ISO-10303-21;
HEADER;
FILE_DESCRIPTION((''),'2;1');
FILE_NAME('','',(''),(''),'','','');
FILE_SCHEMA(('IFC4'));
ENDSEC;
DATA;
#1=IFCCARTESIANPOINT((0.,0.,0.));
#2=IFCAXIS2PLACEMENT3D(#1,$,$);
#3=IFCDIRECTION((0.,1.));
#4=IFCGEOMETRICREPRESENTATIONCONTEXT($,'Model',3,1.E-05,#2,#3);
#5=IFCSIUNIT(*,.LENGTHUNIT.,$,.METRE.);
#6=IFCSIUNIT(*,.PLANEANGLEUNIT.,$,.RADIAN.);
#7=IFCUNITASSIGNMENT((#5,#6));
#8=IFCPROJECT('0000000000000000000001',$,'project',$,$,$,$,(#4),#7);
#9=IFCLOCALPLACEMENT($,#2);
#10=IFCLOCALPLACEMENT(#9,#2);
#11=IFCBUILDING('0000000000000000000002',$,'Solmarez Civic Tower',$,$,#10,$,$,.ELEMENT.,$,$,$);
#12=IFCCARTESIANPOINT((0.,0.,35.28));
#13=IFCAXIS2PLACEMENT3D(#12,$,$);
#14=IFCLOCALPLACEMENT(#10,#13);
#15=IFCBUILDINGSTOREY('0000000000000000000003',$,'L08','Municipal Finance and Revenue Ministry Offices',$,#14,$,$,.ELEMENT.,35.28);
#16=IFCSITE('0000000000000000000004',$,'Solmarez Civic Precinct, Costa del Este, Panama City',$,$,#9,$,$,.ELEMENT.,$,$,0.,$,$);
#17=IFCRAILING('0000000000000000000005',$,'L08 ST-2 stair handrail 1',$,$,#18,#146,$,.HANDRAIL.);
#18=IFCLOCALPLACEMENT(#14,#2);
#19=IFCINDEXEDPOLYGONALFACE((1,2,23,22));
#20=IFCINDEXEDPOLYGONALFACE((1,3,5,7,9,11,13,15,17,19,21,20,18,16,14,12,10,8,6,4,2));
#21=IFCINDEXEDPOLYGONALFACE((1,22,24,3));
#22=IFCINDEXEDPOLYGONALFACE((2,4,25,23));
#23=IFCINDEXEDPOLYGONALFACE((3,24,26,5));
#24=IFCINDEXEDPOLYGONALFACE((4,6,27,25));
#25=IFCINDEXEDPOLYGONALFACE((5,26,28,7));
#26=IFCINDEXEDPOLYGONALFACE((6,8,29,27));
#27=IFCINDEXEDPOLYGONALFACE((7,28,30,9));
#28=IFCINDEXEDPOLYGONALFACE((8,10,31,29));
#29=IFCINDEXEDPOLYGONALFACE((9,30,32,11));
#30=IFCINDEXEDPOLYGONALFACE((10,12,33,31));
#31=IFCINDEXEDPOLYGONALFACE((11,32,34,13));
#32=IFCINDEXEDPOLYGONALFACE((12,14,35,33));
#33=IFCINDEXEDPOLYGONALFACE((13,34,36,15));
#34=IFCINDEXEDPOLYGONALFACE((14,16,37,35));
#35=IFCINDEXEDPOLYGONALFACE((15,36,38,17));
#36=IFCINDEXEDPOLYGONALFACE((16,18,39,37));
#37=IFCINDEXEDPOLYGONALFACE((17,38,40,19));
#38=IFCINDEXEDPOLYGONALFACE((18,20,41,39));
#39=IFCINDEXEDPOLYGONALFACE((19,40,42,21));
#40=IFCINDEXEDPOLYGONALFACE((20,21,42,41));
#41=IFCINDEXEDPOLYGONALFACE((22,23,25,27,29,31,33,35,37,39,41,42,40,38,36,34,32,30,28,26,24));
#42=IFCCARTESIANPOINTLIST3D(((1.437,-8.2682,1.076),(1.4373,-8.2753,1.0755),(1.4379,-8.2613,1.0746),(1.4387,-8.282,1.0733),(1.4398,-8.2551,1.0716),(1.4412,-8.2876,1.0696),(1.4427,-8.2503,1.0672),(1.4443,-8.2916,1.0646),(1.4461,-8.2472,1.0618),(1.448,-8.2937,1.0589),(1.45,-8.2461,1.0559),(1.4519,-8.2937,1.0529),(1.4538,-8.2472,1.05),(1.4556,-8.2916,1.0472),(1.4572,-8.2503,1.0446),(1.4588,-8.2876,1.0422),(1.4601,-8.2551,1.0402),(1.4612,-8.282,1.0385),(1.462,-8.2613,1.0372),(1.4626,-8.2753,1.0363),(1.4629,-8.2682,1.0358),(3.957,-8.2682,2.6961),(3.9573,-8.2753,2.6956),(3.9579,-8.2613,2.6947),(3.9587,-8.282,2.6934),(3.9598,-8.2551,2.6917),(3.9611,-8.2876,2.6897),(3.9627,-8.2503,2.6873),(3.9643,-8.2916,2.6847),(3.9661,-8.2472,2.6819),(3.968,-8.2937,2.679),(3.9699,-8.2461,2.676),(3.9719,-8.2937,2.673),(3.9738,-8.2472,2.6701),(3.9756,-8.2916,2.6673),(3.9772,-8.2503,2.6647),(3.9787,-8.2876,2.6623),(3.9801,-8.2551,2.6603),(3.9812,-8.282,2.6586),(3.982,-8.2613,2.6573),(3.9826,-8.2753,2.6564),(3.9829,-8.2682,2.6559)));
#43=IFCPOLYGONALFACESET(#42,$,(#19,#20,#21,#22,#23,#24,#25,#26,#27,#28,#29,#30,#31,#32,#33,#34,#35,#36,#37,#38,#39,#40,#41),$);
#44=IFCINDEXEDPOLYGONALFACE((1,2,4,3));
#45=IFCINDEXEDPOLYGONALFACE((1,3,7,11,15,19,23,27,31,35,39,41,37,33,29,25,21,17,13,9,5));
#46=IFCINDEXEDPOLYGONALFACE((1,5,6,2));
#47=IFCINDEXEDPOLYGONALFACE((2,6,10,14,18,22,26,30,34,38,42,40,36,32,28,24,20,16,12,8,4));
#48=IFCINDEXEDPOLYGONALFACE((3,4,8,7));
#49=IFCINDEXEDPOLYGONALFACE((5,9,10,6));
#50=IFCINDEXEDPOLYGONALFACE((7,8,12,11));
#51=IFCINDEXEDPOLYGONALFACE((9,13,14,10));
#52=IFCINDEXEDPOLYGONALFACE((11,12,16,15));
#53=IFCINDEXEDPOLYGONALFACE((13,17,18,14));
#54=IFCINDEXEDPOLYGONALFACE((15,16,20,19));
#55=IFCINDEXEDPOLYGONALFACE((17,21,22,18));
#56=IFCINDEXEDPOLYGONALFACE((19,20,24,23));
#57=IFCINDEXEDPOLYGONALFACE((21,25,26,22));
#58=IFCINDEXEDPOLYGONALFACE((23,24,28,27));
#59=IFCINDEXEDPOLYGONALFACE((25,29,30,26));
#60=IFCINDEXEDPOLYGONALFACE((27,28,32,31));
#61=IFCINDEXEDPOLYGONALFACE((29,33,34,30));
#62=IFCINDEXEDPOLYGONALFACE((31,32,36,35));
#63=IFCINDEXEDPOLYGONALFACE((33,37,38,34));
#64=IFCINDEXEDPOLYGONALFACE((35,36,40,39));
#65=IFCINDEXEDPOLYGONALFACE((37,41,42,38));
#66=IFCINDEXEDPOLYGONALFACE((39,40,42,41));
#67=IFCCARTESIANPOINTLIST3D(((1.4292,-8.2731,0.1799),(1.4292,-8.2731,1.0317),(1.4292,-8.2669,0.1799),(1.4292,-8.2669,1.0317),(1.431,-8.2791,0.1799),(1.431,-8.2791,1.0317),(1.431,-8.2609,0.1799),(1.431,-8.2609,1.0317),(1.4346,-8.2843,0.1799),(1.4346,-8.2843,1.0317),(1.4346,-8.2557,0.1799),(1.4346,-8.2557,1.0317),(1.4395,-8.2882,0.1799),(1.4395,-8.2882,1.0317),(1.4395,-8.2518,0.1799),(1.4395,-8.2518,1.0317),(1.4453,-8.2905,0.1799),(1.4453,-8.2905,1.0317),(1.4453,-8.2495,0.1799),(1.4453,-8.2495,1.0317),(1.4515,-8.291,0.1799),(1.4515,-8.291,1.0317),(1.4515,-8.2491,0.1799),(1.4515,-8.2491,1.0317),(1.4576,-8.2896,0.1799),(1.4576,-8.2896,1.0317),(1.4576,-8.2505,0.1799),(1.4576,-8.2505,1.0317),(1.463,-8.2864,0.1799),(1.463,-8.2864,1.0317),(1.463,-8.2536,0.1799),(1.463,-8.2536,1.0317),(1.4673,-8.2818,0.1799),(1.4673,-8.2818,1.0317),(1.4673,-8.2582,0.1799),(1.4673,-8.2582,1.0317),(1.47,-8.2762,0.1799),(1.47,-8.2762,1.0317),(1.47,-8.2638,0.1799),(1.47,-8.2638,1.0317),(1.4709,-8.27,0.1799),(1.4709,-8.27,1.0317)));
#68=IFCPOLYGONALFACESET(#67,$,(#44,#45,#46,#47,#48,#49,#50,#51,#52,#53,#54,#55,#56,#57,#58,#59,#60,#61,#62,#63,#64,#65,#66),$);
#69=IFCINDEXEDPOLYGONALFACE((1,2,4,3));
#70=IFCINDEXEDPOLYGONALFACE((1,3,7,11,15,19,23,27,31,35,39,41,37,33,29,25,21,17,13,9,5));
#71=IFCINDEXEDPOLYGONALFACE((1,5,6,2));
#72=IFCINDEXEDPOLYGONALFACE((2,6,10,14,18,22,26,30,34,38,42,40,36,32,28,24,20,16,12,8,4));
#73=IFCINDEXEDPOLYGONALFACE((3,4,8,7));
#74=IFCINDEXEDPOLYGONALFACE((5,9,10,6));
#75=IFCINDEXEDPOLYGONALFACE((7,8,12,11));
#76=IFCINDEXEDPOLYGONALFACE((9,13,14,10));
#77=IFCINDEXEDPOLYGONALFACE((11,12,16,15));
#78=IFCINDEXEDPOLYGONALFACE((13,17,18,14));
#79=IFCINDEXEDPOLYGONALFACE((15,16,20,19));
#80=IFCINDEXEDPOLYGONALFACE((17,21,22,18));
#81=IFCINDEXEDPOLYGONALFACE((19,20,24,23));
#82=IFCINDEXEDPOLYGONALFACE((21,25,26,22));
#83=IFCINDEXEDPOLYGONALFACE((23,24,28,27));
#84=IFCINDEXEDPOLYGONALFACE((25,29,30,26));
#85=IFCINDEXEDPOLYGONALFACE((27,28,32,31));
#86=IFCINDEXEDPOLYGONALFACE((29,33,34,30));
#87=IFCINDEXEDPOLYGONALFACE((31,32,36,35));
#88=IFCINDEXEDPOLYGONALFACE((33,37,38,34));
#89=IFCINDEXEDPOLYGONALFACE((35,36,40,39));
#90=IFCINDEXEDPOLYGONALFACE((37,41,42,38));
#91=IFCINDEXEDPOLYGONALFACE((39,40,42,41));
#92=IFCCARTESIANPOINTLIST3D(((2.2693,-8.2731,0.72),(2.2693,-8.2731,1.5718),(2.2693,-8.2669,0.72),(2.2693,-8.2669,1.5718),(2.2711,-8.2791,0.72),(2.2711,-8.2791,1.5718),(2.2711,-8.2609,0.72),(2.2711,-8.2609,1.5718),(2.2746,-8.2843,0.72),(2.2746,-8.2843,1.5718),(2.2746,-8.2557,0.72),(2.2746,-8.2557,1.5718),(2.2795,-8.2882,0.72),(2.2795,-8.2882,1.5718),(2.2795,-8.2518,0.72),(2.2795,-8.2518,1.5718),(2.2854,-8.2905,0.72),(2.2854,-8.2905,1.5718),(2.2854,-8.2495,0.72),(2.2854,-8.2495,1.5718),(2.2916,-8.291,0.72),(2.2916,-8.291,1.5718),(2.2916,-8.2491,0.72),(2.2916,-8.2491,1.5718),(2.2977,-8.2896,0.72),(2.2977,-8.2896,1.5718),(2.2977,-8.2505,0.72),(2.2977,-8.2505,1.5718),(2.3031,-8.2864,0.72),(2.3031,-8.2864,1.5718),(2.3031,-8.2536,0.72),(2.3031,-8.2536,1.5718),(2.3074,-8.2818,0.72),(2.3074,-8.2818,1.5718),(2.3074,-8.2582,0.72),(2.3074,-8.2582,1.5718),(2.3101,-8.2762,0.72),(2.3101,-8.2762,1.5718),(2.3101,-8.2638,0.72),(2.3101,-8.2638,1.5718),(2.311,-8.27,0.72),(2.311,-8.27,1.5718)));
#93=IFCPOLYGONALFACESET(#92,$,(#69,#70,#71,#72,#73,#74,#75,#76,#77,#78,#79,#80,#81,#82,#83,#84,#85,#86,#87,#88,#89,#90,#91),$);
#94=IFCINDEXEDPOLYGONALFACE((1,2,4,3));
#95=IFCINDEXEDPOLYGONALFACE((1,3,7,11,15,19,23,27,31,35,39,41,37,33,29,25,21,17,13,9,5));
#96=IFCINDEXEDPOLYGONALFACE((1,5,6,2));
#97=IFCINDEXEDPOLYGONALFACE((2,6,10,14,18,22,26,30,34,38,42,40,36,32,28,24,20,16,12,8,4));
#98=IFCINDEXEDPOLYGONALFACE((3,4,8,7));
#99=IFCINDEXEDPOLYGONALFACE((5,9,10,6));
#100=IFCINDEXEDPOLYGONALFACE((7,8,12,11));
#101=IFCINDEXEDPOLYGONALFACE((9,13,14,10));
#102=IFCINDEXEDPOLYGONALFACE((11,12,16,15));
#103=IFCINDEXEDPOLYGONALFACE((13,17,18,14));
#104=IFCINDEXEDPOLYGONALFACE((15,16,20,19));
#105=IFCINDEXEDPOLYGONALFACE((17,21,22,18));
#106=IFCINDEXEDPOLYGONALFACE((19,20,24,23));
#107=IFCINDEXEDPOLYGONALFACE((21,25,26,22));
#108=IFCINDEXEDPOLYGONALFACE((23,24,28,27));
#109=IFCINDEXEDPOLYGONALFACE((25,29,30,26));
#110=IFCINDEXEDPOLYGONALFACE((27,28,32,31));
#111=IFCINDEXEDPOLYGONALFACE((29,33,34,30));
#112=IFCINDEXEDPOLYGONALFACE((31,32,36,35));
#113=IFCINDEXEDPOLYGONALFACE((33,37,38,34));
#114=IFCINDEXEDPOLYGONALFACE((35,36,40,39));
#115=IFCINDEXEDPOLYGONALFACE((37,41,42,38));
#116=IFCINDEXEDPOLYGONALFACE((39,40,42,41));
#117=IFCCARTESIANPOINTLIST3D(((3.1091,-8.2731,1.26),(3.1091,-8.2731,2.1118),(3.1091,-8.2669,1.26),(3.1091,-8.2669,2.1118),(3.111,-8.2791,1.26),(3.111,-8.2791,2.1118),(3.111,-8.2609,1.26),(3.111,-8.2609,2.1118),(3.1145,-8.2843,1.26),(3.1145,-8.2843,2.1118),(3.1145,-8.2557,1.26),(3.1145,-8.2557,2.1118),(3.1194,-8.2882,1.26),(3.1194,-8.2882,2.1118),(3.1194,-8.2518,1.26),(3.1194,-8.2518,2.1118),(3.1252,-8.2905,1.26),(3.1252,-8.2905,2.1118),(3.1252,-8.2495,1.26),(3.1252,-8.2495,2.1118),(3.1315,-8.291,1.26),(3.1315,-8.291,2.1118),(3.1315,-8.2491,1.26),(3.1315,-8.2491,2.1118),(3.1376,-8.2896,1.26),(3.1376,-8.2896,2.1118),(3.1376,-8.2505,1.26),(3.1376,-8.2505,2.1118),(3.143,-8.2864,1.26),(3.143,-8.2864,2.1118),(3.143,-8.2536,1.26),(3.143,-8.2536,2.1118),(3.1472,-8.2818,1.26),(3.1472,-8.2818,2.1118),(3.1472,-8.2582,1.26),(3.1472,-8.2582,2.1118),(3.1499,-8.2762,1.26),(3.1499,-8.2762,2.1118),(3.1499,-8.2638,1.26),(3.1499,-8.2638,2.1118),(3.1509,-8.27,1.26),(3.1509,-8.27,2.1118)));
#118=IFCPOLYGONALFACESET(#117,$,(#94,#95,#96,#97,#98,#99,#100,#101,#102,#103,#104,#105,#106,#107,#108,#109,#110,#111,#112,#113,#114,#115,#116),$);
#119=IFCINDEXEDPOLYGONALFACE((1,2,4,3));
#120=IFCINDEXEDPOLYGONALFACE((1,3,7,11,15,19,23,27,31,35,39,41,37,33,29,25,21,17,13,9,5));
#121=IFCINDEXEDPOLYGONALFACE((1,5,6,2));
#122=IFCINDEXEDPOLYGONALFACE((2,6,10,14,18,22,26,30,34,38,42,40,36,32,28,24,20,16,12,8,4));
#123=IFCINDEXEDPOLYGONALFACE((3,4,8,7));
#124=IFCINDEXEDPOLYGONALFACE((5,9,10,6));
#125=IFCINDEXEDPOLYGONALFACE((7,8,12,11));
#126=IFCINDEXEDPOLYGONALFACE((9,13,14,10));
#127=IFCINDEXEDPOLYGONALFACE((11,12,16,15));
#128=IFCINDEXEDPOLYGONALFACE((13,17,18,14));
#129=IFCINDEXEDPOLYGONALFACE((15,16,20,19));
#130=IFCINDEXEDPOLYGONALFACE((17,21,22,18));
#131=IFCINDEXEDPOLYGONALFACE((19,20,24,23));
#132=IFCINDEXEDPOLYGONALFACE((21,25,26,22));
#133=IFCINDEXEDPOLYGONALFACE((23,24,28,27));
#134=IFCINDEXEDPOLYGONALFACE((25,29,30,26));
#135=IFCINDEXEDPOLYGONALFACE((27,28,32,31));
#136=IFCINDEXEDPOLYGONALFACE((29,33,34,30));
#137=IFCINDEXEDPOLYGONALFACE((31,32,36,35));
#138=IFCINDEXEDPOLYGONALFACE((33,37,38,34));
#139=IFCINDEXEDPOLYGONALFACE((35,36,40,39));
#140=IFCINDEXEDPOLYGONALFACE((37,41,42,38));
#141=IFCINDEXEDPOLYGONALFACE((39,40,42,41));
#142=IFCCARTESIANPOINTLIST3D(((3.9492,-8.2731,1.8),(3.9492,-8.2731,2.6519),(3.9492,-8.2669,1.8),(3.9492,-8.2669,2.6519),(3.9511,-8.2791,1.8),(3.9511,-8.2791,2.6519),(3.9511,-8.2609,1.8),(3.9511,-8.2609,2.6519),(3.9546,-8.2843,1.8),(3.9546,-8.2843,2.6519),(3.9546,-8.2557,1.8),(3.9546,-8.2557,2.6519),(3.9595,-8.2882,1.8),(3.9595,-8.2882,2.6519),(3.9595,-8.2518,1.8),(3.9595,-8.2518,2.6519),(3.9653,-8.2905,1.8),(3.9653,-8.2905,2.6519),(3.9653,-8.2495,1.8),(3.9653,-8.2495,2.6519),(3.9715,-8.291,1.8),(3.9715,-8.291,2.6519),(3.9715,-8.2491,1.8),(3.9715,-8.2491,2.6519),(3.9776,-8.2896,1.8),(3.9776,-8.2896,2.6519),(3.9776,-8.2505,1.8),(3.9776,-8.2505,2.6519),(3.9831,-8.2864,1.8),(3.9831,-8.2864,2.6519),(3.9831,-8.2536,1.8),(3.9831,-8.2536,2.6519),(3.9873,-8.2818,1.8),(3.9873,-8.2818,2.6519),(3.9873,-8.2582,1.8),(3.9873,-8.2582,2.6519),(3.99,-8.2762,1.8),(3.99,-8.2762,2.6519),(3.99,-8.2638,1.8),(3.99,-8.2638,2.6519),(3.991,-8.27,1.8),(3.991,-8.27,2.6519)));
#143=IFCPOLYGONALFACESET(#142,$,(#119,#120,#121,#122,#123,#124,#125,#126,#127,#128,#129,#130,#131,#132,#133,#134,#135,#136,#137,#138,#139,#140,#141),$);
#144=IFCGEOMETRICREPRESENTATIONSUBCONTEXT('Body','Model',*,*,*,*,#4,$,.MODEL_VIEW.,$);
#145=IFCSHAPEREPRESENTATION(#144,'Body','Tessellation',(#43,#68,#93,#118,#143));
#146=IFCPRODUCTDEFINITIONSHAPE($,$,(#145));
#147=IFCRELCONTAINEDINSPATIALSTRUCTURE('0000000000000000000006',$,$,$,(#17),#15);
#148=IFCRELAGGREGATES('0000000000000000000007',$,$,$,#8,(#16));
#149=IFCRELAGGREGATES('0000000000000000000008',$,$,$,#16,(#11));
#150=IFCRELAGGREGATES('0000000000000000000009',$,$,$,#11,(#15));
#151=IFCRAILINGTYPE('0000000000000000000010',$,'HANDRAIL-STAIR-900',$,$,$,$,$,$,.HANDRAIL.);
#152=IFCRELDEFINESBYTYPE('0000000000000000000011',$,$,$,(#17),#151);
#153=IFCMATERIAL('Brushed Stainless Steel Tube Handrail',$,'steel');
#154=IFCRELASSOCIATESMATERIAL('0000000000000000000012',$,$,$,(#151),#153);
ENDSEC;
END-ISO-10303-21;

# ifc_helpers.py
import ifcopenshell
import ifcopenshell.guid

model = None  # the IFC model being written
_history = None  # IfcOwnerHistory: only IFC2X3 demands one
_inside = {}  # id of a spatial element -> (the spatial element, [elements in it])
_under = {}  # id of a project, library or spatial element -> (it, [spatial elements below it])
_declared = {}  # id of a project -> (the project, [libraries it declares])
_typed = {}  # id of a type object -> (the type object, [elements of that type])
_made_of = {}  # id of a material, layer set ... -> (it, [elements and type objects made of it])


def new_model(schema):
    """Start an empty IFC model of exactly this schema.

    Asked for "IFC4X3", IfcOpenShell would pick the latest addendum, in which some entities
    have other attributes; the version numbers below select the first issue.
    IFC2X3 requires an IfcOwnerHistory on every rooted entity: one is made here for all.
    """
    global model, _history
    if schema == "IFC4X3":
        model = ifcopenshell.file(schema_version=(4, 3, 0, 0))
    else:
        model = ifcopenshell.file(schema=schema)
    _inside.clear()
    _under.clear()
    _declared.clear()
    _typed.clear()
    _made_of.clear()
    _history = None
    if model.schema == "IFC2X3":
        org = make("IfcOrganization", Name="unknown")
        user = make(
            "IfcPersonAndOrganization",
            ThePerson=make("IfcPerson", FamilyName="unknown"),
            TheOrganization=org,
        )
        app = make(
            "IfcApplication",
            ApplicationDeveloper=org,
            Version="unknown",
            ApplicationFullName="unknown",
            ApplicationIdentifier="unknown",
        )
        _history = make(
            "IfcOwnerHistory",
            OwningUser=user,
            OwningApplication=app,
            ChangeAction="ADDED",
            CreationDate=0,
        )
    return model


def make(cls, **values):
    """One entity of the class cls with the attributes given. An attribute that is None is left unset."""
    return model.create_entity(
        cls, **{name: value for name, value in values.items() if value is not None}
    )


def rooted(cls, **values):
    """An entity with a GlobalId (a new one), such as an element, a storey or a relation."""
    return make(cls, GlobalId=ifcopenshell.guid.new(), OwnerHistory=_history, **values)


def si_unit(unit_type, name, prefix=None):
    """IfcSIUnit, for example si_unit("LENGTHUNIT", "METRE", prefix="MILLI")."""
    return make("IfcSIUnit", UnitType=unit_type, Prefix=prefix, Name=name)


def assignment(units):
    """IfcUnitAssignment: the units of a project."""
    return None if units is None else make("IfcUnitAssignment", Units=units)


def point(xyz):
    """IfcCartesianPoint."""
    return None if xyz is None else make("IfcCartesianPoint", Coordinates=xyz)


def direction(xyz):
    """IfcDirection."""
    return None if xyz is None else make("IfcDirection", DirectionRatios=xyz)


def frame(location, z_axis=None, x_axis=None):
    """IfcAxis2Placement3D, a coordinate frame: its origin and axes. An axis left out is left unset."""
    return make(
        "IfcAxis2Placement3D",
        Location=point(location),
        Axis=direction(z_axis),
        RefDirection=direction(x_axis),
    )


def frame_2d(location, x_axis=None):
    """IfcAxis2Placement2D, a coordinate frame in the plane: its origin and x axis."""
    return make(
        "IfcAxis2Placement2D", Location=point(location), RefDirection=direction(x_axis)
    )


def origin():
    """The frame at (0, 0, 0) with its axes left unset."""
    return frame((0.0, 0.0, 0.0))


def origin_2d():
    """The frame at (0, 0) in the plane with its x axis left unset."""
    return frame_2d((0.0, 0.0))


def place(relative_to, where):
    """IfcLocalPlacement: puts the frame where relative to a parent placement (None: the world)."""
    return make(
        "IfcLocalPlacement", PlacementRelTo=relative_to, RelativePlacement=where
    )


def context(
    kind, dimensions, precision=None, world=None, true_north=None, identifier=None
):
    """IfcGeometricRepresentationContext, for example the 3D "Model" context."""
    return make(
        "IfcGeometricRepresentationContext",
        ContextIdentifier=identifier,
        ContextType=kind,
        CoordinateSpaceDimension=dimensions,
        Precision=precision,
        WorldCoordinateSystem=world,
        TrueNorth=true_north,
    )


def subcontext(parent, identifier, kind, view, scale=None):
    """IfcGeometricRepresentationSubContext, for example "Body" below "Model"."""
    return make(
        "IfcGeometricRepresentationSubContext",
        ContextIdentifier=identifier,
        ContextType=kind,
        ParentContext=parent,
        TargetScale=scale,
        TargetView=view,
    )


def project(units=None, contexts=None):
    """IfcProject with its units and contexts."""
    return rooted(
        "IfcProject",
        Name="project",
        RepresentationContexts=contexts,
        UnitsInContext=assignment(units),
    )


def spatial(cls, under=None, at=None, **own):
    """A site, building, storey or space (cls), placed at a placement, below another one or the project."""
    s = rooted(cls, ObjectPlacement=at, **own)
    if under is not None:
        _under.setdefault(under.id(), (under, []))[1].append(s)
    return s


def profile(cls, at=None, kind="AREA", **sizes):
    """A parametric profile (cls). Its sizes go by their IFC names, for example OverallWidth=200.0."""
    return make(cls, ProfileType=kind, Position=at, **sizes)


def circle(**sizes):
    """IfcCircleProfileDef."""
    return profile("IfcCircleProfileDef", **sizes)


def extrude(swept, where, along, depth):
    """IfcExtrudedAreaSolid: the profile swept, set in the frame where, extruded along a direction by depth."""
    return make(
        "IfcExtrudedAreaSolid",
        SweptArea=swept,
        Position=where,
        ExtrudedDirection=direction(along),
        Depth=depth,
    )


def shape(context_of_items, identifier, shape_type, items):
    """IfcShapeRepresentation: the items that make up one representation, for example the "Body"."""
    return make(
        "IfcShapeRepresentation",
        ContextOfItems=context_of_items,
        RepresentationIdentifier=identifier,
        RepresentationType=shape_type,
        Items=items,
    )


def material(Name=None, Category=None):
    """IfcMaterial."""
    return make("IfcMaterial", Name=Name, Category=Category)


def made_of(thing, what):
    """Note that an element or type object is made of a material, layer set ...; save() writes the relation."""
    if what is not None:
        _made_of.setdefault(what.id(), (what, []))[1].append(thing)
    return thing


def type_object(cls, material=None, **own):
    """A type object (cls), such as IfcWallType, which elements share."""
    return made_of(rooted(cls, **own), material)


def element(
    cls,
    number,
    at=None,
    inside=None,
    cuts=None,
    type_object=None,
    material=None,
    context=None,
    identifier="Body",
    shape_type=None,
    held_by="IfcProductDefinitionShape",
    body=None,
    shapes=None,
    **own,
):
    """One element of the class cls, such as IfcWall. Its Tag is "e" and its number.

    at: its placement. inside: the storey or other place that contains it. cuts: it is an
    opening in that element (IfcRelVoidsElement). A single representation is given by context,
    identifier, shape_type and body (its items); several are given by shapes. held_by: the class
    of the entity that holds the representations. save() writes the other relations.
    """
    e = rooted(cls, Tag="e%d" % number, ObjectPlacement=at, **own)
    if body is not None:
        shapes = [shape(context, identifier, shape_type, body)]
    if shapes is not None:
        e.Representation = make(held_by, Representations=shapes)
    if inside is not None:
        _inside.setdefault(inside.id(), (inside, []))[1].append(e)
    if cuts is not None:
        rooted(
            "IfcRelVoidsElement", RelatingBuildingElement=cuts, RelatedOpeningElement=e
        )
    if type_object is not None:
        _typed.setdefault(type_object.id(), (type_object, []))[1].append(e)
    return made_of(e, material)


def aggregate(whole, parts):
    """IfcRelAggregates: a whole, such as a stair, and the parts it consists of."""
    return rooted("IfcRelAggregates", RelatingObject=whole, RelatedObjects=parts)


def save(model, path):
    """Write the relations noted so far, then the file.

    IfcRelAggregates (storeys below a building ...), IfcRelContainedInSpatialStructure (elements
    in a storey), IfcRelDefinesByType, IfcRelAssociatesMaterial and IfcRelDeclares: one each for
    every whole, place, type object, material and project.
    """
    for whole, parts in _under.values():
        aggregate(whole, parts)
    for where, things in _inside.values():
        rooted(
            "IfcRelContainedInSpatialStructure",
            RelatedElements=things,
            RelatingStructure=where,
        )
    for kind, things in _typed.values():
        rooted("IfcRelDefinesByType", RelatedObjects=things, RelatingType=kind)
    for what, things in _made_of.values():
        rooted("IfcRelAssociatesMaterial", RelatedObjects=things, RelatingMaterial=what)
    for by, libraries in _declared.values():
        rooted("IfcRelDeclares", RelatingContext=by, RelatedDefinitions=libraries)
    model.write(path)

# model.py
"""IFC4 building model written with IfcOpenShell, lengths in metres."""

from ifc_helpers import new_model, si_unit, direction, frame, origin, origin_2d, place, context, subcontext, project, spatial, circle, extrude, material, type_object, element, save


model = new_model("IFC4")

# Units and contexts
model_context = context("Model", 3, precision=1e-05, world=origin(), true_north=direction((0.0, 1.0)))
body_context = subcontext(model_context, "Body", "Model", "MODEL_VIEW")
ifc_project = project(units=[si_unit("LENGTHUNIT", "METRE"), si_unit("PLANEANGLEUNIT", "RADIAN")], contexts=[model_context])

# Site, building, storey
site_placement = place(None, origin())
site = spatial("IfcSite", under=ifc_project, at=site_placement, Name="Solmarez Civic Precinct, Costa del Este, Panama City", CompositionType="ELEMENT", RefElevation=0.0)
building_placement = place(site_placement, origin())
building = spatial("IfcBuilding", under=site, at=building_placement, Name="Solmarez Civic Tower", CompositionType="ELEMENT")
storey_placement = place(building_placement, frame((0.0, 0.0, 35.28)))
storey = spatial("IfcBuildingStorey", under=building, at=storey_placement, Name="L08", Description="Municipal Finance and Revenue Ministry Offices", CompositionType="ELEMENT", Elevation=35.28)

# Railing
ifc_material_1 = material(Name="Brushed Stainless Steel Tube Handrail", Category="steel")
railing_type = type_object("IfcRailingType", Name="HANDRAIL-STAIR-900", PredefinedType="HANDRAIL", material=ifc_material_1)
railing_placement = place(storey_placement, frame((1.45, -8.27, 0.1799)))
element("IfcRailing", 1, at=railing_placement, inside=storey, type_object=railing_type, Name="L08 ST-2 stair handrail 1", PredefinedType="HANDRAIL", context=body_context, shape_type="SweptSolid", body=[
    extrude(circle(Radius=0.0239, at=origin_2d()), frame((0.0, 0.0, 0.876), z_axis=(0.841163, 0.0, 0.540782), x_axis=(0.0, 1.0, 0.0)), (0.0, 0.0, 1.0), 2.9958),
    extrude(circle(Radius=0.021, at=origin_2d()), origin(), (0.0, 0.0, 1.0), 0.8518),
    extrude(circle(Radius=0.021, at=origin_2d()), frame((0.8401, 0.0, 0.54)), (0.0, 0.0, 1.0), 0.8518),
    extrude(circle(Radius=0.021, at=origin_2d()), frame((1.6799, 0.0, 1.0801)), (0.0, 0.0, 1.0), 0.8518),
    extrude(circle(Radius=0.021, at=origin_2d()), frame((2.52, 0.0, 1.6201)), (0.0, 0.0, 1.0), 0.8518),
])

save(model, "model.ifc")
